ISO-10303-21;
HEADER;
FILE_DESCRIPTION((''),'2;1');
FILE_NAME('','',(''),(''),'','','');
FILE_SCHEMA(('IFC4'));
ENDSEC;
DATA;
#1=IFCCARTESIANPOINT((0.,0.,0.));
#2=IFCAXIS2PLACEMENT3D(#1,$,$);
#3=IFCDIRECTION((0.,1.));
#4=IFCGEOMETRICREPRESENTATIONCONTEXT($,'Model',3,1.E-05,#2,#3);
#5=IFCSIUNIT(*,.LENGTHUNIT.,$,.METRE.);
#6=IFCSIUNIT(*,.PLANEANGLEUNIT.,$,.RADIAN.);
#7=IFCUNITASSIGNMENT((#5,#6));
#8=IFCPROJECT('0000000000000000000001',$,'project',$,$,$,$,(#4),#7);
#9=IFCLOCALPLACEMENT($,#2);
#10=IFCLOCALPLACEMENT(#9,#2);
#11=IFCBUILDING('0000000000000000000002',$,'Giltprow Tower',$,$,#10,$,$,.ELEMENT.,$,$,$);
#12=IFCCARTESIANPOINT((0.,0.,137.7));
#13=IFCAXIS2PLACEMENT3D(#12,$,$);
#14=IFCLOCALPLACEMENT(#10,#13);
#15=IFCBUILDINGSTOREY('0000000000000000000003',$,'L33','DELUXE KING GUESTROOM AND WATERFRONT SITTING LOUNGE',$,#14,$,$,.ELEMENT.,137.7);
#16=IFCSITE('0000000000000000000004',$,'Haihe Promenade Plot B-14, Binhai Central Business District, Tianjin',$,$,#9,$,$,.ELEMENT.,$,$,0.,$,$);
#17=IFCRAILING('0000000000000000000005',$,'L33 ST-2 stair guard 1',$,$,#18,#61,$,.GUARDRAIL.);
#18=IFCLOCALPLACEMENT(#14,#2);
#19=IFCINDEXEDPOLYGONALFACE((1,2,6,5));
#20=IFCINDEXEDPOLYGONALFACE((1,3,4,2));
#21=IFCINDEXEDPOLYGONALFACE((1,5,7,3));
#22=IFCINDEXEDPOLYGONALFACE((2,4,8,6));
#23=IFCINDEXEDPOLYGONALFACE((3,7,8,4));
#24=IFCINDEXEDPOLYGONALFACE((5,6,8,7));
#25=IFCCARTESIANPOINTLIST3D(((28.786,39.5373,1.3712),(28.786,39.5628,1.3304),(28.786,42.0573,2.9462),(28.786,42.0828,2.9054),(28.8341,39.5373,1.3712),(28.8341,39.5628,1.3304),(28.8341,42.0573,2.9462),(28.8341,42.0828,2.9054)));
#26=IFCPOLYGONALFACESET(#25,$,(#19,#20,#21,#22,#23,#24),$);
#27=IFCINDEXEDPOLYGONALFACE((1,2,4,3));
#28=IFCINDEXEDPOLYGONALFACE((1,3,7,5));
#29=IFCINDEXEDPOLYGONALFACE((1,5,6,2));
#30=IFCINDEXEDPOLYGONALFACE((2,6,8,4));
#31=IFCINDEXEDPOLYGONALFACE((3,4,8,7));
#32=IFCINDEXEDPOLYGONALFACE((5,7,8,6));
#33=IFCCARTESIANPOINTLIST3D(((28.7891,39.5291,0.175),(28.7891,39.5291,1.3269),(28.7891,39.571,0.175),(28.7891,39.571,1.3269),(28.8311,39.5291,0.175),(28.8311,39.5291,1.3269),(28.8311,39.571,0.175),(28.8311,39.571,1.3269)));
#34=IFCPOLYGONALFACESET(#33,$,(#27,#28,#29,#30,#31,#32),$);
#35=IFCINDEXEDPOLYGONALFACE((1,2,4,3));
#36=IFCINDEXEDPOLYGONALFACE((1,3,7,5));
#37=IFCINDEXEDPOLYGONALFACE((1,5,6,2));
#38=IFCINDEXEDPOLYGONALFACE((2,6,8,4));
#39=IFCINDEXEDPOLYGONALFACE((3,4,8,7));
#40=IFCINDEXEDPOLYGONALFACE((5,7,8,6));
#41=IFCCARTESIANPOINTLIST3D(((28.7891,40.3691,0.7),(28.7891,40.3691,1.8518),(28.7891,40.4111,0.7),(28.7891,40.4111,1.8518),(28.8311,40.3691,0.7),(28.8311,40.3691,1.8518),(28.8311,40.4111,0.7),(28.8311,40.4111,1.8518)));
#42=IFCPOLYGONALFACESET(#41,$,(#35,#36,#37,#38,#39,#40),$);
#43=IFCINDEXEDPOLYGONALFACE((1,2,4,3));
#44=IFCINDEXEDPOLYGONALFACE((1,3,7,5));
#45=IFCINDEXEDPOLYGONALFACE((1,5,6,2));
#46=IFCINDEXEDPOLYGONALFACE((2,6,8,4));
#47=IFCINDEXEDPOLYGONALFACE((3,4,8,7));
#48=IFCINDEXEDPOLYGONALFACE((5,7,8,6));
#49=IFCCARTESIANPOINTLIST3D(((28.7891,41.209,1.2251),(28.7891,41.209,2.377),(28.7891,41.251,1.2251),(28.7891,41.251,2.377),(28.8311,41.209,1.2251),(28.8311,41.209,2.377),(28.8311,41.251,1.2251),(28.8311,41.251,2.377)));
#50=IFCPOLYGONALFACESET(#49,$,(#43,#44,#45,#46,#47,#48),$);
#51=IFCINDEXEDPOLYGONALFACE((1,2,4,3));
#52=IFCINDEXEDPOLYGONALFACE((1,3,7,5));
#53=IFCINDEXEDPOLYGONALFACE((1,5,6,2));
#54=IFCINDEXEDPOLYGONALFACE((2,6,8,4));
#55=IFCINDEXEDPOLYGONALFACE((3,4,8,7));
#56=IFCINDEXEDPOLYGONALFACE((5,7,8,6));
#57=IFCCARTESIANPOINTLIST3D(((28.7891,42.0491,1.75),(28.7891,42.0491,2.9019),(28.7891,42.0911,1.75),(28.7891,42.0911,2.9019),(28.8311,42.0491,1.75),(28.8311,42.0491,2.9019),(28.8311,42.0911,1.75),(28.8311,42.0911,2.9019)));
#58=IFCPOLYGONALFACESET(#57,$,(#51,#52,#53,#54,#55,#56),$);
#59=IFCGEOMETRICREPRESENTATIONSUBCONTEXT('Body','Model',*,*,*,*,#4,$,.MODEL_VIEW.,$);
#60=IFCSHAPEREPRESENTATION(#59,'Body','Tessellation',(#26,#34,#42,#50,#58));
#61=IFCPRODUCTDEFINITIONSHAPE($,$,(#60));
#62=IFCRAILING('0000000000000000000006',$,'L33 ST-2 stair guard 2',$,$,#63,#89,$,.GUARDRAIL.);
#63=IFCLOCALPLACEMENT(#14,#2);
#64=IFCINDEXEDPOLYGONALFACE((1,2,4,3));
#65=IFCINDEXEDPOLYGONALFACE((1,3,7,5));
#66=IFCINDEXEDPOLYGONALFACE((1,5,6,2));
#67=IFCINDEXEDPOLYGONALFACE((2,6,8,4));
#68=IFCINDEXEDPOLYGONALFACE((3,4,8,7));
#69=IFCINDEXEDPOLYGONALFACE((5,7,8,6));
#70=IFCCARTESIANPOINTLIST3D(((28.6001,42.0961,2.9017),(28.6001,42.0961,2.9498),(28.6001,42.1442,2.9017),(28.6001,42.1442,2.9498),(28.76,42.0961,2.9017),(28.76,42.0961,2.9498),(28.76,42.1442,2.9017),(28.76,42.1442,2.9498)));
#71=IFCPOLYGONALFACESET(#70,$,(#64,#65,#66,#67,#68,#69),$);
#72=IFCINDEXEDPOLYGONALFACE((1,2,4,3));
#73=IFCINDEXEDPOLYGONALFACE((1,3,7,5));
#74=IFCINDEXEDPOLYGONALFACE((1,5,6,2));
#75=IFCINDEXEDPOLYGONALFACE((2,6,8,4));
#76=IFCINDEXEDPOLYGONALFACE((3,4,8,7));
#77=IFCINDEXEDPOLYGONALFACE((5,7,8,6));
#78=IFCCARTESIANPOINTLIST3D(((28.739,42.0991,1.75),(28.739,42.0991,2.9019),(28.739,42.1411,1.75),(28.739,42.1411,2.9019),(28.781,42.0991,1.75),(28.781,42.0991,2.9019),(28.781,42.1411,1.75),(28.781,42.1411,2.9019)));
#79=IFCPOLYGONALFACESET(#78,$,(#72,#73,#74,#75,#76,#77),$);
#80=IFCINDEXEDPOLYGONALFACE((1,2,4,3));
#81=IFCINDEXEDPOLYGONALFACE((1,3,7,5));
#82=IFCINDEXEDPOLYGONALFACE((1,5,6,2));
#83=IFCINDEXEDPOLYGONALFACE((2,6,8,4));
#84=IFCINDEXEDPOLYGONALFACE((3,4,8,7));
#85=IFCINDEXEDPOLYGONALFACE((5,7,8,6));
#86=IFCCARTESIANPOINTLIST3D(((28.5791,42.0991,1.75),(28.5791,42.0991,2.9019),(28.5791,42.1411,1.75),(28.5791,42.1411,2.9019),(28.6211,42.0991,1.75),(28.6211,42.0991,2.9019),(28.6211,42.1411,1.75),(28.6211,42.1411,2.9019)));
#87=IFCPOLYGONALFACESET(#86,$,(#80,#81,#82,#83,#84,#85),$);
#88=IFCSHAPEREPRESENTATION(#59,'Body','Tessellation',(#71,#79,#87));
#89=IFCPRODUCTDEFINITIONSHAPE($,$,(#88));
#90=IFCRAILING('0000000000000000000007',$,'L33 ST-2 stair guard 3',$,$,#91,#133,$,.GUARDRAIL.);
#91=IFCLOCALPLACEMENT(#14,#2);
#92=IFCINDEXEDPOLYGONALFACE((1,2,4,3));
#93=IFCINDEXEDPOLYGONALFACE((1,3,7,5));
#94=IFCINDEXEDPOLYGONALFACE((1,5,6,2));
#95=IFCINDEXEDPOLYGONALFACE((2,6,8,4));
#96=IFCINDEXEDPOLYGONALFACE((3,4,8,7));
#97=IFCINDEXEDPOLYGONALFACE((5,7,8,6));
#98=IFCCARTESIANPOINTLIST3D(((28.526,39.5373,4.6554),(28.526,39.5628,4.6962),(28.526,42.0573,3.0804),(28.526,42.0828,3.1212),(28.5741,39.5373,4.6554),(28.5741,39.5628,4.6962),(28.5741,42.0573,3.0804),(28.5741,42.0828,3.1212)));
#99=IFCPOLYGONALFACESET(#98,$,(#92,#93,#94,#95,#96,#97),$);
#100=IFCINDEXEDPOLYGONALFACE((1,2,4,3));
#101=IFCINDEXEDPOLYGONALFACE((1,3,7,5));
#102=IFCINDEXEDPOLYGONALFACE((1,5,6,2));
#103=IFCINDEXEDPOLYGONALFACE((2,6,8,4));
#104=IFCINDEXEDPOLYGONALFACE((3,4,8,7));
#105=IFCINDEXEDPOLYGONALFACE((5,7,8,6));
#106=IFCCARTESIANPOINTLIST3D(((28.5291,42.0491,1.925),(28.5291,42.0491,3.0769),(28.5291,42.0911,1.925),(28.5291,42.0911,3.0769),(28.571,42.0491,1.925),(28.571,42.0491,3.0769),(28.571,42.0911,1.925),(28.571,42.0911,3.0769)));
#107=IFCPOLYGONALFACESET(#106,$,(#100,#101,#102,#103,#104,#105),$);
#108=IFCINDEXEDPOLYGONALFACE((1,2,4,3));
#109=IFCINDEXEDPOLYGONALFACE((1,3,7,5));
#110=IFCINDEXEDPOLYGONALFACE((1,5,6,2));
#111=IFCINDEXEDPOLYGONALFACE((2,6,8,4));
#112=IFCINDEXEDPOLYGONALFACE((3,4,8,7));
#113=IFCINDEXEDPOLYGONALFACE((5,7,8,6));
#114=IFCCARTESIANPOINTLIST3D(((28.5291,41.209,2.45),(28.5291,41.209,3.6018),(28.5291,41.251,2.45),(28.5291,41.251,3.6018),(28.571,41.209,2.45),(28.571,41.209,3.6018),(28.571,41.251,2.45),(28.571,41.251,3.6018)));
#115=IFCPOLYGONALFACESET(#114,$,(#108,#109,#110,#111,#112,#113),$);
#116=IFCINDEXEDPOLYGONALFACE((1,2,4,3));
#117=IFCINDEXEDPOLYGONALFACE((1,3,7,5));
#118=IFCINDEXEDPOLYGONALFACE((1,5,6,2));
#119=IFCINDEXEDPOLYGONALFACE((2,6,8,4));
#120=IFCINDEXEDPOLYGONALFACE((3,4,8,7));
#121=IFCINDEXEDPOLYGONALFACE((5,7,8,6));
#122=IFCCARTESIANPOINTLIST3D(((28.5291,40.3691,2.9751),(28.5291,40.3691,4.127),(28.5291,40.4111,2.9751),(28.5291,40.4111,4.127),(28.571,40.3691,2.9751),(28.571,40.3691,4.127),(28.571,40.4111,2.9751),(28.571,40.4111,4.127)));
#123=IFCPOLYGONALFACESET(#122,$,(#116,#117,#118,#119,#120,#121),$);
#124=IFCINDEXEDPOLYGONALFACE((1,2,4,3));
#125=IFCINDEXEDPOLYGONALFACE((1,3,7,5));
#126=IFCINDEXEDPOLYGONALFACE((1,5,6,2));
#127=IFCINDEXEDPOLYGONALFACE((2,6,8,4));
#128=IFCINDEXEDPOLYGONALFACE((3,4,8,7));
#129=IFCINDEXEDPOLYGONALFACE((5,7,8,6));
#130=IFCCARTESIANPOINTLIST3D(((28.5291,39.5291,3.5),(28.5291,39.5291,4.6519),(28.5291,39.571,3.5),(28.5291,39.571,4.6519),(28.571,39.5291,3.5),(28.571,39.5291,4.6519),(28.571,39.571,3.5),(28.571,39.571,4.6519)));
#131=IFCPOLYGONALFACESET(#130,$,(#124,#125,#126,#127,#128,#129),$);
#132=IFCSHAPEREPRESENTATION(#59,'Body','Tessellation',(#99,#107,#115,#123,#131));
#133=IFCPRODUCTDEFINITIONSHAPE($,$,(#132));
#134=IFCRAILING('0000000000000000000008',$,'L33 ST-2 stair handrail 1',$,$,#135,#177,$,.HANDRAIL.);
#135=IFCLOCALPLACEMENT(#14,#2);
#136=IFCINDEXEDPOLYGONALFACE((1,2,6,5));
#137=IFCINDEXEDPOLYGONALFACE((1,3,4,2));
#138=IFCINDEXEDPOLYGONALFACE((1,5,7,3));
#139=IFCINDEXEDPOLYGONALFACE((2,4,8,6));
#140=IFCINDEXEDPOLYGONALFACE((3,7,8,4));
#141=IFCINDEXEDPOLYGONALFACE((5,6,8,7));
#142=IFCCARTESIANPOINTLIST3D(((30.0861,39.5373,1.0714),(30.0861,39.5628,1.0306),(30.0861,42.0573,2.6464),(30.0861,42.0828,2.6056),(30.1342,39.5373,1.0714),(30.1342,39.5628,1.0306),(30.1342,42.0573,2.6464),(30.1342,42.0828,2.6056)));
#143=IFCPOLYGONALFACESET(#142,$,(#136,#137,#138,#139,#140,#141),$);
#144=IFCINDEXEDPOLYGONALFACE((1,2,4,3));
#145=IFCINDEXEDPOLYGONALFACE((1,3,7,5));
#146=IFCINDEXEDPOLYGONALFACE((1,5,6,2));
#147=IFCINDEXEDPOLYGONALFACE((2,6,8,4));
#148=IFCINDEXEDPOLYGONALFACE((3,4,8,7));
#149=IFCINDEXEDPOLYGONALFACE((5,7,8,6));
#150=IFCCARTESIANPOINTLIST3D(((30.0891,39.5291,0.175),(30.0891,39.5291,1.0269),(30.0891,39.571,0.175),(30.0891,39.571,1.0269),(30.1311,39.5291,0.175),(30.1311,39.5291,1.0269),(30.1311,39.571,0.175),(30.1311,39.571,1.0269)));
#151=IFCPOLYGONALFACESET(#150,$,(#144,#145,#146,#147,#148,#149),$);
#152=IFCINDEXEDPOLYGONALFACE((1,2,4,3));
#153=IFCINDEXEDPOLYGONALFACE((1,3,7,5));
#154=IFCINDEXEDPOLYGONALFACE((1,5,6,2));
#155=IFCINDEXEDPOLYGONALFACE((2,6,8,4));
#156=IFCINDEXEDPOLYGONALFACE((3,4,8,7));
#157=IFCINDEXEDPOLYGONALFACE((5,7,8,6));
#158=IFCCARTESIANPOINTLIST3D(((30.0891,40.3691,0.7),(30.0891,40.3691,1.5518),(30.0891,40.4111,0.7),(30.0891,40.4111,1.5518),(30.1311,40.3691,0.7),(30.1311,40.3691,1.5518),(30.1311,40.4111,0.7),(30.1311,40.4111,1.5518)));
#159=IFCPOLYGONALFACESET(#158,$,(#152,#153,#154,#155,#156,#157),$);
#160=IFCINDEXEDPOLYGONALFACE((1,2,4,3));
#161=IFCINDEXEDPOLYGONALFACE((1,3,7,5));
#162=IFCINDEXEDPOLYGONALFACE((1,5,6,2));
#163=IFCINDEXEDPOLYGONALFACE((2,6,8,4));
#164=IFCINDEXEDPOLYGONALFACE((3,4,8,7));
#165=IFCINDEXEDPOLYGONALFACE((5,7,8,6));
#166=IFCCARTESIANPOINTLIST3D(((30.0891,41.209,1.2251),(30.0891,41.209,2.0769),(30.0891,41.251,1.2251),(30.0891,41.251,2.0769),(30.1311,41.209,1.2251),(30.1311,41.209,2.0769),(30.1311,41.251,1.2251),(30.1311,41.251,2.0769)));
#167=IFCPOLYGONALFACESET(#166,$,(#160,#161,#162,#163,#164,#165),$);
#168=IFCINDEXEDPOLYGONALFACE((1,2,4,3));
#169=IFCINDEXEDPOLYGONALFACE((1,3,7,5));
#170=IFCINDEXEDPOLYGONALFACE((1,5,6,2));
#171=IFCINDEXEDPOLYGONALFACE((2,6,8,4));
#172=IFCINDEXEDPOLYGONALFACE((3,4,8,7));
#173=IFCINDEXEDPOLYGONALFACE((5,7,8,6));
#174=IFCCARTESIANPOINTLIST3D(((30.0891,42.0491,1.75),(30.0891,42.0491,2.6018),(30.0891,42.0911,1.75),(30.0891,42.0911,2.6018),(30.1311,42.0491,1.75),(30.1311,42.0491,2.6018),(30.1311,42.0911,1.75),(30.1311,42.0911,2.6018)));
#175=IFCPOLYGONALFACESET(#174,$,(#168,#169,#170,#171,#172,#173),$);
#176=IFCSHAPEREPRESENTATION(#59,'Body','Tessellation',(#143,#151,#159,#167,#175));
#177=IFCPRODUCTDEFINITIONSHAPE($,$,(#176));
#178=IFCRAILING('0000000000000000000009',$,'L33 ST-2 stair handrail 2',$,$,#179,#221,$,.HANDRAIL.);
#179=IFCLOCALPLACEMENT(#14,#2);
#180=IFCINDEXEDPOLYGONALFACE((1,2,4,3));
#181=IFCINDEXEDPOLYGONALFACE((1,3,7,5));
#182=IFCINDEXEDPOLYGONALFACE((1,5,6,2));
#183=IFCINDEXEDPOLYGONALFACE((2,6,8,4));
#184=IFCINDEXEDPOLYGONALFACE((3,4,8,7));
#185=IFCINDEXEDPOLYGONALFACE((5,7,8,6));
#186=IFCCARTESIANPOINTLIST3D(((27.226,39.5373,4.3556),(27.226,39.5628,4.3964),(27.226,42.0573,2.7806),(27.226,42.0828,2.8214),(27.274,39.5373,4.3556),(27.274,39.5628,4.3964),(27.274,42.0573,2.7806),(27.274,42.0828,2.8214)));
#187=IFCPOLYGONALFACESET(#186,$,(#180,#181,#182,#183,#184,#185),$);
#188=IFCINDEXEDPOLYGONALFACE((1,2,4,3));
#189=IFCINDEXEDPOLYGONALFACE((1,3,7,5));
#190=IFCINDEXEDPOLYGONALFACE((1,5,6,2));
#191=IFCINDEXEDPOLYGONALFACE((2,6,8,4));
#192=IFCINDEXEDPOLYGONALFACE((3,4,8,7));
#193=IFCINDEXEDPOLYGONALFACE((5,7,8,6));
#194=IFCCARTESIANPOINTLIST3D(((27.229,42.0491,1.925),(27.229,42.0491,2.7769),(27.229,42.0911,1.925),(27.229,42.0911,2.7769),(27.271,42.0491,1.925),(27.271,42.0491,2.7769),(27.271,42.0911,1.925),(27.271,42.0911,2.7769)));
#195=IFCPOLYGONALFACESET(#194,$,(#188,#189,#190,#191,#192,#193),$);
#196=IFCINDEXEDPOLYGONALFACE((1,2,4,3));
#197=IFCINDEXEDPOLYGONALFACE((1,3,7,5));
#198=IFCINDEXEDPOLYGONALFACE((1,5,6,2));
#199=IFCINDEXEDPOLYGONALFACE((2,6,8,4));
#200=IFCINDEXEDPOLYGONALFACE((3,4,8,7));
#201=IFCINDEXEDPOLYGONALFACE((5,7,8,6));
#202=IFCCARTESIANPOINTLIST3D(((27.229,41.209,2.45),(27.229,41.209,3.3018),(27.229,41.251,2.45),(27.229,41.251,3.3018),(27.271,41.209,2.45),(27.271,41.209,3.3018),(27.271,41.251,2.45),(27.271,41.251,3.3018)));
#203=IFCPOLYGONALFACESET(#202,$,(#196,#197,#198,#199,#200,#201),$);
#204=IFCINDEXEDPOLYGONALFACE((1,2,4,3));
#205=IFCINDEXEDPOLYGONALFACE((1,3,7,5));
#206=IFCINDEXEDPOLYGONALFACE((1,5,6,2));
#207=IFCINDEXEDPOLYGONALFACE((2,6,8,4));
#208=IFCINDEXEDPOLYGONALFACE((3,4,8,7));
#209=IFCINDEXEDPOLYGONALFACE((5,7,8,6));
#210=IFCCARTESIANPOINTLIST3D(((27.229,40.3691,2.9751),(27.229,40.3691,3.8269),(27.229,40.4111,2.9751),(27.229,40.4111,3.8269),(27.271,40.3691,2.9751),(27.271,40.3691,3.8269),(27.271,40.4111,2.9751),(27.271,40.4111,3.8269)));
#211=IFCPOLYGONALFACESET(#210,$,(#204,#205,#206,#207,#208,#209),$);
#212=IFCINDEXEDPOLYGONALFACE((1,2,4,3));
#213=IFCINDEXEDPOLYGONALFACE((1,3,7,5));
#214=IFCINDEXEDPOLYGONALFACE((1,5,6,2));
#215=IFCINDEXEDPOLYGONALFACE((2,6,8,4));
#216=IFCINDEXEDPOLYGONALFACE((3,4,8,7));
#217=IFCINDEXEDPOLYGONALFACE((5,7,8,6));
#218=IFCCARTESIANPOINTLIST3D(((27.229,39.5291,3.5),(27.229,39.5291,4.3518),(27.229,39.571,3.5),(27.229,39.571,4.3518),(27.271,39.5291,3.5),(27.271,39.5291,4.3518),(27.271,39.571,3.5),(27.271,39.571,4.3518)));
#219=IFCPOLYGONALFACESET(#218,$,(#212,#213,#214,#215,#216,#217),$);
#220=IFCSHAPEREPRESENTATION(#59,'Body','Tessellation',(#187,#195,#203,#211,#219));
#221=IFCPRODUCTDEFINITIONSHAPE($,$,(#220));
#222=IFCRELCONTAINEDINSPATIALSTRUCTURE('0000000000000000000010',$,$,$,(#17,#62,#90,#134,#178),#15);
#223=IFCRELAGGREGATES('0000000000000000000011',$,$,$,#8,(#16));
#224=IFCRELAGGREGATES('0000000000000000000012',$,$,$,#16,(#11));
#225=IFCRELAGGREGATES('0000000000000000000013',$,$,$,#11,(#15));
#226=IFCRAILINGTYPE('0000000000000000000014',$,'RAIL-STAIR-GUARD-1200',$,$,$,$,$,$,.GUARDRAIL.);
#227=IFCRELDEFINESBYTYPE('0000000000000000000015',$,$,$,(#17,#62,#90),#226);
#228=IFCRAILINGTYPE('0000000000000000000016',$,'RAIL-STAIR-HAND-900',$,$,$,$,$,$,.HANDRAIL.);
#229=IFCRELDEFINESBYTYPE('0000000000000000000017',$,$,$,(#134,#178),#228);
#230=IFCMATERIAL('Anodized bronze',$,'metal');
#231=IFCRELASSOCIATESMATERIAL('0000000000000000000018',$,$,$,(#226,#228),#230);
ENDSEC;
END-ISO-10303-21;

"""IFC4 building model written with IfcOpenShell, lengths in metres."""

from ifc_helpers import new_model, si_unit, direction, frame, origin, origin_2d, place, context, subcontext, project, spatial, rectangle, extrude, material, type_object, element, save


model = new_model("IFC4")

# Units and contexts
model_context = context("Model", 3, precision=1e-05, world=origin(), true_north=direction((0.0, 1.0)))
body_context = subcontext(model_context, "Body", "Model", "MODEL_VIEW")
ifc_project = project(units=[si_unit("LENGTHUNIT", "METRE"), si_unit("PLANEANGLEUNIT", "RADIAN")], contexts=[model_context])

# Site, building, storey
site_placement = place(None, origin())
site = spatial("IfcSite", under=ifc_project, at=site_placement, Name="Haihe Promenade Plot B-14, Binhai Central Business District, Tianjin", CompositionType="ELEMENT", RefElevation=0.0)
building_placement = place(site_placement, origin())
building = spatial("IfcBuilding", under=site, at=building_placement, Name="Giltprow Tower", CompositionType="ELEMENT")
storey_placement = place(building_placement, frame((0.0, 0.0, 137.7)))
storey = spatial("IfcBuildingStorey", under=building, at=storey_placement, Name="L33", Description="DELUXE KING GUESTROOM AND WATERFRONT SITTING LOUNGE", CompositionType="ELEMENT", Elevation=137.7)

# Railings
ifc_material_1 = material(Name="Anodized bronze", Category="metal")
railing_type_1 = type_object("IfcRailingType", Name="RAIL-STAIR-GUARD-1200", PredefinedType="GUARDRAIL", material=ifc_material_1)
railing_1_placement = place(storey_placement, frame((28.8101, 39.55, 0.175)))
element("IfcRailing", 1, at=railing_1_placement, inside=storey, type_object=railing_type_1, Name="L33 ST-2 stair guard 1", PredefinedType="GUARDRAIL", context=body_context, shape_type="SweptSolid", body=[
    extrude(rectangle(XDim=0.0481, YDim=0.0481, at=origin_2d()), frame((0.0, 0.0, 1.1758), z_axis=(0.0, 0.848008, 0.529984), x_axis=(-1.0, 0.0, 0.0)), (0.0, 0.0, 1.0), 2.9717),
    extrude(rectangle(XDim=0.042, YDim=0.042, at=origin_2d()), origin(), (0.0, 0.0, 1.0), 1.1519),
    extrude(rectangle(XDim=0.042, YDim=0.042, at=origin_2d()), frame((0.0, 0.8401, 0.5249)), (0.0, 0.0, 1.0), 1.1519),
    extrude(rectangle(XDim=0.042, YDim=0.042, at=origin_2d()), frame((0.0, 1.6799, 1.05)), (0.0, 0.0, 1.0), 1.1519),
    extrude(rectangle(XDim=0.042, YDim=0.042, at=origin_2d()), frame((0.0, 2.52, 1.575)), (0.0, 0.0, 1.0), 1.1519),
])
railing_2_placement = place(storey_placement, frame((28.76, 42.1201, 1.75)))
element("IfcRailing", 2, at=railing_2_placement, inside=storey, type_object=railing_type_1, Name="L33 ST-2 stair guard 2", PredefinedType="GUARDRAIL", context=body_context, shape_type="SweptSolid", body=[
    extrude(rectangle(XDim=0.0481, YDim=0.0481, at=origin_2d()), frame((0.0, 0.0, 1.1758), z_axis=(-1.0, 0.0, 0.0), x_axis=(0.0, -1.0, 0.0)), (0.0, 0.0, 1.0), 0.1599),
    extrude(rectangle(XDim=0.042, YDim=0.042, at=origin_2d()), origin(), (0.0, 0.0, 1.0), 1.1519),
    extrude(rectangle(XDim=0.042, YDim=0.042, at=origin_2d()), frame((-0.1599, 0.0, 0.0)), (0.0, 0.0, 1.0), 1.1519),
])
railing_3_placement = place(storey_placement, frame((28.55, 42.0701, 1.925)))
element("IfcRailing", 3, at=railing_3_placement, inside=storey, type_object=railing_type_1, Name="L33 ST-2 stair guard 3", PredefinedType="GUARDRAIL", context=body_context, shape_type="SweptSolid", body=[
    extrude(rectangle(XDim=0.0481, YDim=0.0481, at=origin_2d()), frame((0.0, 0.0, 1.1758), z_axis=(0.0, -0.848008, 0.529984), x_axis=(1.0, 0.0, 0.0)), (0.0, 0.0, 1.0), 2.9717),
    extrude(rectangle(XDim=0.042, YDim=0.042, at=origin_2d()), origin(), (0.0, 0.0, 1.0), 1.1519),
    extrude(rectangle(XDim=0.042, YDim=0.042, at=origin_2d()), frame((0.0, -0.8401, 0.5249)), (0.0, 0.0, 1.0), 1.1519),
    extrude(rectangle(XDim=0.042, YDim=0.042, at=origin_2d()), frame((0.0, -1.6799, 1.05)), (0.0, 0.0, 1.0), 1.1519),
    extrude(rectangle(XDim=0.042, YDim=0.042, at=origin_2d()), frame((0.0, -2.52, 1.575)), (0.0, 0.0, 1.0), 1.1519),
])
railing_type_2 = type_object("IfcRailingType", Name="RAIL-STAIR-HAND-900", PredefinedType="HANDRAIL", material=ifc_material_1)
railing_4_placement = place(storey_placement, frame((30.1101, 39.55, 0.175)))
element("IfcRailing", 4, at=railing_4_placement, inside=storey, type_object=railing_type_2, Name="L33 ST-2 stair handrail 1", PredefinedType="HANDRAIL", context=body_context, shape_type="SweptSolid", body=[
    extrude(rectangle(XDim=0.0481, YDim=0.0481, at=origin_2d()), frame((0.0, 0.0, 0.876), z_axis=(0.0, 0.848008, 0.529984), x_axis=(-1.0, 0.0, 0.0)), (0.0, 0.0, 1.0), 2.9717),
    extrude(rectangle(XDim=0.042, YDim=0.042, at=origin_2d()), origin(), (0.0, 0.0, 1.0), 0.8518),
    extrude(rectangle(XDim=0.042, YDim=0.042, at=origin_2d()), frame((0.0, 0.8401, 0.5249)), (0.0, 0.0, 1.0), 0.8518),
    extrude(rectangle(XDim=0.042, YDim=0.042, at=origin_2d()), frame((0.0, 1.6799, 1.05)), (0.0, 0.0, 1.0), 0.8518),
    extrude(rectangle(XDim=0.042, YDim=0.042, at=origin_2d()), frame((0.0, 2.52, 1.575)), (0.0, 0.0, 1.0), 0.8518),
])
railing_5_placement = place(storey_placement, frame((27.25, 42.0701, 1.925)))
element("IfcRailing", 5, at=railing_5_placement, inside=storey, type_object=railing_type_2, Name="L33 ST-2 stair handrail 2", PredefinedType="HANDRAIL", context=body_context, shape_type="SweptSolid", body=[
    extrude(rectangle(XDim=0.0481, YDim=0.0481, at=origin_2d()), frame((0.0, 0.0, 0.876), z_axis=(0.0, -0.848008, 0.529984), x_axis=(1.0, 0.0, 0.0)), (0.0, 0.0, 1.0), 2.9717),
    extrude(rectangle(XDim=0.042, YDim=0.042, at=origin_2d()), origin(), (0.0, 0.0, 1.0), 0.8518),
    extrude(rectangle(XDim=0.042, YDim=0.042, at=origin_2d()), frame((0.0, -0.8401, 0.5249)), (0.0, 0.0, 1.0), 0.8518),
    extrude(rectangle(XDim=0.042, YDim=0.042, at=origin_2d()), frame((0.0, -1.6799, 1.05)), (0.0, 0.0, 1.0), 0.8518),
    extrude(rectangle(XDim=0.042, YDim=0.042, at=origin_2d()), frame((0.0, -2.52, 1.575)), (0.0, 0.0, 1.0), 0.8518),
])

save(model, "model.ifc")
